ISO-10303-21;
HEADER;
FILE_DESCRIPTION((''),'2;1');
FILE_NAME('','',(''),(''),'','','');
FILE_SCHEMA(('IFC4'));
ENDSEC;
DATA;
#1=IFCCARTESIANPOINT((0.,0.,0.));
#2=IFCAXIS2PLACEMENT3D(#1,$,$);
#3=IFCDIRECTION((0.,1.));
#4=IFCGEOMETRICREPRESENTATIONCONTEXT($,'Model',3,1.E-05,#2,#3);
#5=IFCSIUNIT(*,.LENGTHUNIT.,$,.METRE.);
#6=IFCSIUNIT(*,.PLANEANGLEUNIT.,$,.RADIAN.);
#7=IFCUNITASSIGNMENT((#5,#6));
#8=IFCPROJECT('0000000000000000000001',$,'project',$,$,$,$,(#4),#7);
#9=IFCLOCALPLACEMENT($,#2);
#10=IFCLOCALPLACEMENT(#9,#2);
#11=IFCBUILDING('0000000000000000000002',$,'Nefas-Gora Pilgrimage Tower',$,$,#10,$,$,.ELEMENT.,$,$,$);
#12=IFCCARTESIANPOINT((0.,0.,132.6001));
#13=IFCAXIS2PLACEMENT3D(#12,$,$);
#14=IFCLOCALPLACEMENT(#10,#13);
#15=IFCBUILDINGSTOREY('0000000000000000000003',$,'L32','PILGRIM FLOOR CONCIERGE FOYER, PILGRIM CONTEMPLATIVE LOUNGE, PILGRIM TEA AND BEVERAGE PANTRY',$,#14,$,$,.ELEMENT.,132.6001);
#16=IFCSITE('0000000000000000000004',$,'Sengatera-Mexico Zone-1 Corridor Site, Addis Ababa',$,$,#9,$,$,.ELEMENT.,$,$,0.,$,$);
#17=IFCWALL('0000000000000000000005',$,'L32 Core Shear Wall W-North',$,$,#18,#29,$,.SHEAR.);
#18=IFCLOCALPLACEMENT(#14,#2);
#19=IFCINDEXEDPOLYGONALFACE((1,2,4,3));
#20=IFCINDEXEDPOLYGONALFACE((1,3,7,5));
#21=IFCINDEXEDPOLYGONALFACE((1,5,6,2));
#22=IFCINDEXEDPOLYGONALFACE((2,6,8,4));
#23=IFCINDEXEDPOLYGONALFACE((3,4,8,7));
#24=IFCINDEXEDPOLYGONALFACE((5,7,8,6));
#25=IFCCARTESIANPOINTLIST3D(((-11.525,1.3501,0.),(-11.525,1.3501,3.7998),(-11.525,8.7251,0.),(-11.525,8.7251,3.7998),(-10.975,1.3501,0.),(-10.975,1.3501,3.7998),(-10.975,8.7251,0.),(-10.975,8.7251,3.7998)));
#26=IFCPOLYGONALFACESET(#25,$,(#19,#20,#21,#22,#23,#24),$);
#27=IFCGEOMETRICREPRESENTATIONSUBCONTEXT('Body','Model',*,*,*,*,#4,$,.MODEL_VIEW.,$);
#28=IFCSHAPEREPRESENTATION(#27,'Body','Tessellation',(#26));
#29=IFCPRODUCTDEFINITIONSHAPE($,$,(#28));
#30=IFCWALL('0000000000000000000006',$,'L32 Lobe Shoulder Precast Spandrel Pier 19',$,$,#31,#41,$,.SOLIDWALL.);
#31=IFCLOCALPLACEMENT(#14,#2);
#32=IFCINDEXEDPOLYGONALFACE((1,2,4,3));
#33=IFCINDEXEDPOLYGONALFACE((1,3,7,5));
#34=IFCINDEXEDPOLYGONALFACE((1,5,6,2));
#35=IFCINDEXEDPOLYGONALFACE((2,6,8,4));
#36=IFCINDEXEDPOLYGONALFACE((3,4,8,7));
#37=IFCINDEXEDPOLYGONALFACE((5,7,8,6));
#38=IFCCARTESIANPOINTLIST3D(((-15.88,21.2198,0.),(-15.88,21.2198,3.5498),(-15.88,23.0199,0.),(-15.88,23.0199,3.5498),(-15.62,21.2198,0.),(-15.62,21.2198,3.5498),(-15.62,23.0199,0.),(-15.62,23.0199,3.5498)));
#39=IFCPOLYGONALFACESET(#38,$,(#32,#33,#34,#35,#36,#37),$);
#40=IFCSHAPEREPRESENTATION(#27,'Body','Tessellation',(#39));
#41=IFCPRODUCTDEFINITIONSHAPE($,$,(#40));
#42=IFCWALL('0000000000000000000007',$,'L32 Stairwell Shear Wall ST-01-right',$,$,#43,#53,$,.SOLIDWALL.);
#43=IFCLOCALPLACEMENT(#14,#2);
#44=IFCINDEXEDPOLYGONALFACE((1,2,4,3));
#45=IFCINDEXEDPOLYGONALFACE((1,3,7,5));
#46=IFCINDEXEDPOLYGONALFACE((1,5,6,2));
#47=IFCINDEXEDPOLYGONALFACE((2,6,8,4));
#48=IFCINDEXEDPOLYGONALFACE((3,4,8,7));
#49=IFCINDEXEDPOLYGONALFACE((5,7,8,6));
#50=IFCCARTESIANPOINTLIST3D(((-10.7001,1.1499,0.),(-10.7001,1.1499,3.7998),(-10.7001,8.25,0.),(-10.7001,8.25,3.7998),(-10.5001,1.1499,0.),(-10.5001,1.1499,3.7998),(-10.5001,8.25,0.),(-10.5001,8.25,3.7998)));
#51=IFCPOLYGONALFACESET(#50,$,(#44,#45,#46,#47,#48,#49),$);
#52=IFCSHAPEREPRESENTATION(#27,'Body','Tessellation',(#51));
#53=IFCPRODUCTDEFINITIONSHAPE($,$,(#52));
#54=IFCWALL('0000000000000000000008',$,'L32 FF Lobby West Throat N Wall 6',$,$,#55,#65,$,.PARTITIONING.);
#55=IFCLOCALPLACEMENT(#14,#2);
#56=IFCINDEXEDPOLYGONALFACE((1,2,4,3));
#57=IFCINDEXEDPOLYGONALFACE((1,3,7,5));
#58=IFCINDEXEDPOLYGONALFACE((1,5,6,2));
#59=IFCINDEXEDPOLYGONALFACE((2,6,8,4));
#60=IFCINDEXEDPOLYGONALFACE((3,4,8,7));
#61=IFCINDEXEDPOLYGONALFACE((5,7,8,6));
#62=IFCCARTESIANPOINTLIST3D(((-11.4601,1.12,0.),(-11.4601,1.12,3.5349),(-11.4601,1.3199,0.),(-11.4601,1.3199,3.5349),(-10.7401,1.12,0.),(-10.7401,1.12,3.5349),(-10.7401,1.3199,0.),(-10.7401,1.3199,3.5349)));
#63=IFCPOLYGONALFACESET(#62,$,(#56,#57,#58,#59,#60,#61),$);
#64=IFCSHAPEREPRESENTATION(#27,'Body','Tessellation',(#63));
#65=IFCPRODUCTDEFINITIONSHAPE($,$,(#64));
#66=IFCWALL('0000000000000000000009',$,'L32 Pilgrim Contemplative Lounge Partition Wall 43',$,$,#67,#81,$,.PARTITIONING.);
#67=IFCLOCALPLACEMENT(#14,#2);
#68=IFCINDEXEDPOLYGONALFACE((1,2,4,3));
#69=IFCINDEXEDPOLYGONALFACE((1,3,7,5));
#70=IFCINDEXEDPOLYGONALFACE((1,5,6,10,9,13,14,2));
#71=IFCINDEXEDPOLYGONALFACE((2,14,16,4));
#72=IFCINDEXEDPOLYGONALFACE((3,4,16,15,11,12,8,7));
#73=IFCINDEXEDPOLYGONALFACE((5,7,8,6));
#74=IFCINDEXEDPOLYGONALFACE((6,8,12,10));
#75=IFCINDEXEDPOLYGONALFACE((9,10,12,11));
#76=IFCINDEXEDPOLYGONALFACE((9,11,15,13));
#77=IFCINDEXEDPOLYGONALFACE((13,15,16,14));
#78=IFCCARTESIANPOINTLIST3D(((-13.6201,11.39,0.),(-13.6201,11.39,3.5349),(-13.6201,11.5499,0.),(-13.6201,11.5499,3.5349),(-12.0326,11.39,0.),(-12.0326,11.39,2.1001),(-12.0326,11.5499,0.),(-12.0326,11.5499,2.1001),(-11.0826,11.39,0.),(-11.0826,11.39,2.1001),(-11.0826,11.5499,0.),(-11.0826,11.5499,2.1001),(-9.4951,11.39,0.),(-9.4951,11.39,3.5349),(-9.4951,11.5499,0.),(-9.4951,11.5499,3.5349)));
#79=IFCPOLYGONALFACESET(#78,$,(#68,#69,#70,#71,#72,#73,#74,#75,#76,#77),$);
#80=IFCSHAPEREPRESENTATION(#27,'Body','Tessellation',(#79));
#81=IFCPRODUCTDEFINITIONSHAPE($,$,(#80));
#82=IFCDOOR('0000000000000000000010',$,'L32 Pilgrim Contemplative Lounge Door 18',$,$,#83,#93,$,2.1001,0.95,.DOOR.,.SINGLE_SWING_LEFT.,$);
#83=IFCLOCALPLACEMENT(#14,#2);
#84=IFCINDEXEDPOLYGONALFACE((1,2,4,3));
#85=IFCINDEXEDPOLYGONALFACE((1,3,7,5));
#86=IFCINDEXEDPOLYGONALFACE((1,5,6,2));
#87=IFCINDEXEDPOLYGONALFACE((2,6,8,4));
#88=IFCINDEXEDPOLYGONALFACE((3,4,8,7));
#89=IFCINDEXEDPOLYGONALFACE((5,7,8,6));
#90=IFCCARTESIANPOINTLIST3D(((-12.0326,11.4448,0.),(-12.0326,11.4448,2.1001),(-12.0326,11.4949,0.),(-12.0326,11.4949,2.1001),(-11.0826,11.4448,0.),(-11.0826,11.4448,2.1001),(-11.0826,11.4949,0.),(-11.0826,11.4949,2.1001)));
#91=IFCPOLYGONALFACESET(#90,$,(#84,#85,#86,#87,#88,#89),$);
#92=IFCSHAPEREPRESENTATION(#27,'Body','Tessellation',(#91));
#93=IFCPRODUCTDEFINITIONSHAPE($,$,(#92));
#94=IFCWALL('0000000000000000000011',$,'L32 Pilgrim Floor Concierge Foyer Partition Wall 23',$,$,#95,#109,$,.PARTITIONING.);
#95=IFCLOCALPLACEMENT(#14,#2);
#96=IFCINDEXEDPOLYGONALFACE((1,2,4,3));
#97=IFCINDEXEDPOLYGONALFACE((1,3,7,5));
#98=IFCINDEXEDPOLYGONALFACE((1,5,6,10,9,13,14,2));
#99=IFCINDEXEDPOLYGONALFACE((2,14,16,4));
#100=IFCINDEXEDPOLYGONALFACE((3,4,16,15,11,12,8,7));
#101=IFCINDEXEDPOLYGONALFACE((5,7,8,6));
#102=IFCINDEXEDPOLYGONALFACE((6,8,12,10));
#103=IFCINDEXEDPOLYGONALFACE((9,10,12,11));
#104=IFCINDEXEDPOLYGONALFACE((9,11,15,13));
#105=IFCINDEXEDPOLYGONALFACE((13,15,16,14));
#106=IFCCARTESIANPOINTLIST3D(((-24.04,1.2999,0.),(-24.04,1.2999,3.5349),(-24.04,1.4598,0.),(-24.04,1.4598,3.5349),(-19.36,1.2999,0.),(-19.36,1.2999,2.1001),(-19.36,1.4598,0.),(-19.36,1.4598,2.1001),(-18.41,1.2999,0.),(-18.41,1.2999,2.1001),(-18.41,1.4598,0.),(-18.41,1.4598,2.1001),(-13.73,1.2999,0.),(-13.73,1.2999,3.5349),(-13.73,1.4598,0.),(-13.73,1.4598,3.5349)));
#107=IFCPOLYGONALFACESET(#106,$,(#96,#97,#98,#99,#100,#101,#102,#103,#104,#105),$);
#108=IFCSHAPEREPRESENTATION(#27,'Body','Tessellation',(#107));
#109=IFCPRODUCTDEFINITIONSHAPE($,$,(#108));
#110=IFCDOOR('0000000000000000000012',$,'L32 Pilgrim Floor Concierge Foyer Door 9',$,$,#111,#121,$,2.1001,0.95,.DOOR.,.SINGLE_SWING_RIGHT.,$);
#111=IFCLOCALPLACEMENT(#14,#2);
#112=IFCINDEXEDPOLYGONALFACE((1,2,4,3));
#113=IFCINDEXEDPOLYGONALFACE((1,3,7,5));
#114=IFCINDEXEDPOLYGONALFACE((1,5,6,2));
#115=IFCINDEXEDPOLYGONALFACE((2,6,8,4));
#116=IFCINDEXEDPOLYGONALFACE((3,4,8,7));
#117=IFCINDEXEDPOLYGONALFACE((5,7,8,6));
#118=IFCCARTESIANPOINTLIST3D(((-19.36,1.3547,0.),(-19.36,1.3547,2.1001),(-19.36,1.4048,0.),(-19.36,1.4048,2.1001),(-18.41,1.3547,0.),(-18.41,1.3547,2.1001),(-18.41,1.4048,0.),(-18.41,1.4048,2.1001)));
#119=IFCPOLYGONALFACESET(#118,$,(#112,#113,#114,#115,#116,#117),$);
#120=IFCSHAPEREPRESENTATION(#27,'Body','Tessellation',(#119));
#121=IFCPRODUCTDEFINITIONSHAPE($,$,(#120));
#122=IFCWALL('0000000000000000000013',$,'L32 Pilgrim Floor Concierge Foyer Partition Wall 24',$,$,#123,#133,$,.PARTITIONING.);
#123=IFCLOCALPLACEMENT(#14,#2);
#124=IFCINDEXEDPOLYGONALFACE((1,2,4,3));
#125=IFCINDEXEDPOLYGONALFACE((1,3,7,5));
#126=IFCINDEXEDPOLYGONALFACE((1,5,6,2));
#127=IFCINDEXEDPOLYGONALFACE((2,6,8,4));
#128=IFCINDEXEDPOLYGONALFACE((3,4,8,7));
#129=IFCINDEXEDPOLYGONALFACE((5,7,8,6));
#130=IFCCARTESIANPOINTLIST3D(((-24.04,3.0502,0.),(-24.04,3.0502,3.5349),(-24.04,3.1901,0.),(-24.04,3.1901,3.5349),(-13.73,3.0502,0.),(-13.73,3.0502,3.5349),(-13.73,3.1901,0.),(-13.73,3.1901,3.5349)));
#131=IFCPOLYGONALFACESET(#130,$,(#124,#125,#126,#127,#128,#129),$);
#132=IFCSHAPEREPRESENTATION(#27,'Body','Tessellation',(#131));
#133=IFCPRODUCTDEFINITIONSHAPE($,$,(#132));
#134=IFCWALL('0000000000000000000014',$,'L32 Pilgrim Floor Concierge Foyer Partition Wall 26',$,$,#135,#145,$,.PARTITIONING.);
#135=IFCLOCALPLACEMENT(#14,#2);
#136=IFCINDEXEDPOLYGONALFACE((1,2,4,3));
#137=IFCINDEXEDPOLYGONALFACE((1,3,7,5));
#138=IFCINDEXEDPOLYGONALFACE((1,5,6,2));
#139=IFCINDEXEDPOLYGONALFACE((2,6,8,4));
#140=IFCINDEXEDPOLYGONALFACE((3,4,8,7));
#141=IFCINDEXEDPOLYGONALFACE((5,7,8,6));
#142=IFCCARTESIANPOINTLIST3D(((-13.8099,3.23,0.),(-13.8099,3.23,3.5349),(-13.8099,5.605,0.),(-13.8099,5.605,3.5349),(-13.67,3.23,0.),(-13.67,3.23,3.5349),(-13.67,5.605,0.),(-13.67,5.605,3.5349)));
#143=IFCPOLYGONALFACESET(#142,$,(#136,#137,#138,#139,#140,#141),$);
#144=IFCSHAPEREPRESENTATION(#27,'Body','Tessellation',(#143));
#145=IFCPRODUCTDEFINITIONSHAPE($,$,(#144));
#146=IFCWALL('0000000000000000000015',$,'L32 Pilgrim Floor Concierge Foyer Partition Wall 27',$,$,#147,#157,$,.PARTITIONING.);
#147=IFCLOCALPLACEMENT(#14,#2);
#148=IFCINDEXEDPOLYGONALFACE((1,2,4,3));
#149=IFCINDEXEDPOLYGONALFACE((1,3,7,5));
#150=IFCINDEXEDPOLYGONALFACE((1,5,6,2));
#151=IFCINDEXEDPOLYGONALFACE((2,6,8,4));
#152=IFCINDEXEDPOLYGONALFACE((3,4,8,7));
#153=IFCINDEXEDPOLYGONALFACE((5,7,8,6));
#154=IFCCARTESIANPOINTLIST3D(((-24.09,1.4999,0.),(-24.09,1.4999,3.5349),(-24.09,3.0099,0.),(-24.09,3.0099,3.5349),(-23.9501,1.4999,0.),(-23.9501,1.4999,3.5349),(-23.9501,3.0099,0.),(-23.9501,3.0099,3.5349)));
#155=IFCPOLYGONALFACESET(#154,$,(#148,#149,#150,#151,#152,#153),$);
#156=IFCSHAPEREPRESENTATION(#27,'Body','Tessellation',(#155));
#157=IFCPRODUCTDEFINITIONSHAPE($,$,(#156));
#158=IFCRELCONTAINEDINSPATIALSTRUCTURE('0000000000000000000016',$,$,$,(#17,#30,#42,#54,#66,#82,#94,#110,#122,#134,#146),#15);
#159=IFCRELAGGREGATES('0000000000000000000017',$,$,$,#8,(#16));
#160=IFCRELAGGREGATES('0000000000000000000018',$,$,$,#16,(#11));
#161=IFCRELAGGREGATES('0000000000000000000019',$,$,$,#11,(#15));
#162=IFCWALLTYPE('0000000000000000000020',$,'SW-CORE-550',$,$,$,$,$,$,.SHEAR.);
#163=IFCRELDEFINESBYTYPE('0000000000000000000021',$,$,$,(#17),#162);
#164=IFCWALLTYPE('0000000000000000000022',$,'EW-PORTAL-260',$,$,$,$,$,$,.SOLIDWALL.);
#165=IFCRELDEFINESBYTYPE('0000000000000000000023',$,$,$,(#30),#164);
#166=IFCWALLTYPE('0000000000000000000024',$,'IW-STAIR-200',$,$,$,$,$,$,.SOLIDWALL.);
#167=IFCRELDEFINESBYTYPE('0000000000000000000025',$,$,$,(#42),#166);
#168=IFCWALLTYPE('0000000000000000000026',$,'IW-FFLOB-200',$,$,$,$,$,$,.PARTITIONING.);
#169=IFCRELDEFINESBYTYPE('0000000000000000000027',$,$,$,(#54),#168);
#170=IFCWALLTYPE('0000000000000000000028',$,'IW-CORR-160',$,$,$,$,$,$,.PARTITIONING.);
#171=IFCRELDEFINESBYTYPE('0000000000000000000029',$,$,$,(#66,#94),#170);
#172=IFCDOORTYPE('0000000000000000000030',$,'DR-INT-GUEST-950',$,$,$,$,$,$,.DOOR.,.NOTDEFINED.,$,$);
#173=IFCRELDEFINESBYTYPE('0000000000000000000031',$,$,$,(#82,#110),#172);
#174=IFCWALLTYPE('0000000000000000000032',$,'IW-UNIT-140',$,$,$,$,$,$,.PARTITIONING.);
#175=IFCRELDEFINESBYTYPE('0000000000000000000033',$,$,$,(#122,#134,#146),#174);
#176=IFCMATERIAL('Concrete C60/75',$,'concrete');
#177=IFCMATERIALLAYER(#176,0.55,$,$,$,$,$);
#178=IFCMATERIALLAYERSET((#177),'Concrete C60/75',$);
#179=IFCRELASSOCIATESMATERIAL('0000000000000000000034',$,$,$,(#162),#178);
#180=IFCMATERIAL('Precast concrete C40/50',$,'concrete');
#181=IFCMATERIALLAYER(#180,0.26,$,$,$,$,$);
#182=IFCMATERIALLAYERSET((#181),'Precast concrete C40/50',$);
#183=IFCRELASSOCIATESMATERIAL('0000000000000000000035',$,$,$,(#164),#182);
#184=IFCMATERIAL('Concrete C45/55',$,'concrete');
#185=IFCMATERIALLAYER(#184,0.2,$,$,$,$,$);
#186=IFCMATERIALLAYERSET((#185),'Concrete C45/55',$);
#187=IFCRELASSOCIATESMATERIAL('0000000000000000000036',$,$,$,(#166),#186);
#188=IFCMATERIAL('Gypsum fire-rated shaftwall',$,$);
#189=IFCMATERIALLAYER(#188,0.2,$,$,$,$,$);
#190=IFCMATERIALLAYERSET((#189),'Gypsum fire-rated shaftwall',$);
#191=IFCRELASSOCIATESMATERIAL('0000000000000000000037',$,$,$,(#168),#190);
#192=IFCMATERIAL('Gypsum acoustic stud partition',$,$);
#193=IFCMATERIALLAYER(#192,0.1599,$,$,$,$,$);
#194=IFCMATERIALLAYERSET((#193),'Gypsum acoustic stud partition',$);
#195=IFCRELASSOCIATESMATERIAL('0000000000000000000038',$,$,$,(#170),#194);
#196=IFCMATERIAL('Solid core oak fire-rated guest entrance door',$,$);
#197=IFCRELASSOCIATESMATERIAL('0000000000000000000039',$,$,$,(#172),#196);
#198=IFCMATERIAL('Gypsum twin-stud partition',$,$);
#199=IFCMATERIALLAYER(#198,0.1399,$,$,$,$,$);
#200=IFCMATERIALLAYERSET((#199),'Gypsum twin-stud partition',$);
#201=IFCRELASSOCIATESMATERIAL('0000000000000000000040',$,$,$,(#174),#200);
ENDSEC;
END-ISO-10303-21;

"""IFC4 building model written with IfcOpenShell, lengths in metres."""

from ifc_helpers import new_model, si_unit, direction, frame, frame_2d, origin, place, context, subcontext, project, spatial, rectangle, extrude, source, transform, mapped, material, layer, layer_set, type_object, element, fill, save


model = new_model("IFC4")

# Units and contexts
model_context = context("Model", 3, precision=1e-05, world=origin(), true_north=direction((0.0, 1.0)))
body_context = subcontext(model_context, "Body", "Model", "MODEL_VIEW")
ifc_project = project(units=[si_unit("LENGTHUNIT", "METRE"), si_unit("PLANEANGLEUNIT", "RADIAN")], contexts=[model_context])

# Site, building, storey
site_placement = place(None, origin())
site = spatial("IfcSite", under=ifc_project, at=site_placement, Name="Sengatera-Mexico Zone-1 Corridor Site, Addis Ababa", CompositionType="ELEMENT", RefElevation=0.0)
building_placement = place(site_placement, origin())
building = spatial("IfcBuilding", under=site, at=building_placement, Name="Nefas-Gora Pilgrimage Tower", CompositionType="ELEMENT")
storey_placement = place(building_placement, frame((0.0, 0.0, 132.6001)))
storey = spatial("IfcBuildingStorey", under=building, at=storey_placement, Name="L32", Description="PILGRIM FLOOR CONCIERGE FOYER, PILGRIM CONTEMPLATIVE LOUNGE, PILGRIM TEA AND BEVERAGE PANTRY", CompositionType="ELEMENT", Elevation=132.6001)

# Walls
ifc_material_1 = material(Name="Concrete C60/75", Category="concrete")
ifc_layer_1 = layer(ifc_material_1, 0.55)
ifc_layer_set_1 = layer_set([ifc_layer_1], Name="Concrete C60/75")
wall_type_1 = type_object("IfcWallType", Name="SW-CORE-550", PredefinedType="SHEAR", material=ifc_layer_set_1)
shared_shape_1 = source(origin(), body_context, "Body", "SweptSolid", [
    extrude(rectangle(XDim=7.375, YDim=0.55, at=frame_2d((3.6875, 0.0))), origin(), (0.0, 0.0, 1.0), 3.7998),
])
wall_1_placement = place(storey_placement, frame((-11.25, 1.3501, 0.0), z_axis=(0.0, 0.0, 1.0), x_axis=(0.0, 1.0, 0.0)))
element("IfcWall", 1, at=wall_1_placement, inside=storey, type_object=wall_type_1, Name="L32 Core Shear Wall W-North", PredefinedType="SHEAR", context=body_context, shape_type="MappedRepresentation", body=[
    mapped(shared_shape_1, transform((0.0, 0.0, 0.0), x_axis=(1.0, 0.0, 0.0), y_axis=(0.0, 1.0, 0.0), z_axis=(0.0, 0.0, 1.0), scale=1.0)),
])
ifc_material_2 = material(Name="Precast concrete C40/50", Category="concrete")
ifc_layer_2 = layer(ifc_material_2, 0.26)
ifc_layer_set_2 = layer_set([ifc_layer_2], Name="Precast concrete C40/50")
wall_type_2 = type_object("IfcWallType", Name="EW-PORTAL-260", PredefinedType="SOLIDWALL", material=ifc_layer_set_2)
shared_shape_2 = source(origin(), body_context, "Body", "SweptSolid", [
    extrude(rectangle(XDim=1.8, YDim=0.26, at=frame_2d((0.8999, 0.0))), origin(), (0.0, 0.0, 1.0), 3.5498),
])
wall_2_placement = place(storey_placement, frame((-15.75, 21.22, 0.0), z_axis=(0.0, 0.0, 1.0), x_axis=(0.0, 1.0, 0.0)))
element("IfcWall", 2, at=wall_2_placement, inside=storey, type_object=wall_type_2, Name="L32 Lobe Shoulder Precast Spandrel Pier 19", PredefinedType="SOLIDWALL", context=body_context, shape_type="MappedRepresentation", body=[
    mapped(shared_shape_2, transform((0.0, 0.0, 0.0), x_axis=(1.0, 0.0, 0.0), y_axis=(0.0, 1.0, 0.0), z_axis=(0.0, 0.0, 1.0), scale=1.0)),
])
ifc_material_3 = material(Name="Concrete C45/55", Category="concrete")
ifc_layer_3 = layer(ifc_material_3, 0.2)
ifc_layer_set_3 = layer_set([ifc_layer_3], Name="Concrete C45/55")
wall_type_3 = type_object("IfcWallType", Name="IW-STAIR-200", PredefinedType="SOLIDWALL", material=ifc_layer_set_3)
shared_shape_3 = source(origin(), body_context, "Body", "SweptSolid", [
    extrude(rectangle(XDim=7.1001, YDim=0.2, at=frame_2d((3.55, 0.0))), origin(), (0.0, 0.0, 1.0), 3.7998),
])
wall_3_placement = place(storey_placement, frame((-10.6001, 1.1499, 0.0), z_axis=(0.0, 0.0, 1.0), x_axis=(0.0, 1.0, 0.0)))
element("IfcWall", 3, at=wall_3_placement, inside=storey, type_object=wall_type_3, Name="L32 Stairwell Shear Wall ST-01-right", PredefinedType="SOLIDWALL", context=body_context, shape_type="MappedRepresentation", body=[
    mapped(shared_shape_3, transform((0.0, 0.0, 0.0), x_axis=(1.0, 0.0, 0.0), y_axis=(0.0, 1.0, 0.0), z_axis=(0.0, 0.0, 1.0), scale=1.0)),
])
ifc_material_4 = material(Name="Gypsum fire-rated shaftwall")
ifc_layer_4 = layer(ifc_material_4, 0.2)
ifc_layer_set_4 = layer_set([ifc_layer_4], Name="Gypsum fire-rated shaftwall")
wall_type_4 = type_object("IfcWallType", Name="IW-FFLOB-200", PredefinedType="PARTITIONING", material=ifc_layer_set_4)
shared_shape_4 = source(origin(), body_context, "Body", "SweptSolid", [
    extrude(rectangle(XDim=0.72, YDim=0.2, at=frame_2d((0.3599, 0.0))), origin(), (0.0, 0.0, 1.0), 3.5349),
])
wall_4_placement = place(storey_placement, frame((-11.46, 1.22, 0.0), z_axis=(0.0, 0.0, 1.0), x_axis=(1.0, 0.0, 0.0)))
element("IfcWall", 4, at=wall_4_placement, inside=storey, type_object=wall_type_4, Name="L32 FF Lobby West Throat N Wall 6", PredefinedType="PARTITIONING", context=body_context, shape_type="MappedRepresentation", body=[
    mapped(shared_shape_4, transform((0.0, 0.0, 0.0), x_axis=(1.0, 0.0, 0.0), y_axis=(0.0, 1.0, 0.0), z_axis=(0.0, 0.0, 1.0), scale=1.0)),
])

# Walls, openings, doors
ifc_material_5 = material(Name="Gypsum acoustic stud partition")
ifc_layer_5 = layer(ifc_material_5, 0.1599)
ifc_layer_set_5 = layer_set([ifc_layer_5], Name="Gypsum acoustic stud partition")
wall_type_5 = type_object("IfcWallType", Name="IW-CORR-160", PredefinedType="PARTITIONING", material=ifc_layer_set_5)
shared_shape_5 = source(origin(), body_context, "Body", "SweptSolid", [
    extrude(rectangle(XDim=4.125, YDim=0.1599, at=frame_2d((2.0625, 0.0))), origin(), (0.0, 0.0, 1.0), 3.5349),
])
wall_5_placement = place(storey_placement, frame((-13.6201, 11.47, 0.0), z_axis=(0.0, 0.0, 1.0), x_axis=(1.0, 0.0, 0.0)))
wall_5 = element("IfcWall", 5, at=wall_5_placement, inside=storey, type_object=wall_type_5, Name="L32 Pilgrim Contemplative Lounge Partition Wall 43", PredefinedType="PARTITIONING", context=body_context, shape_type="MappedRepresentation", body=[
    mapped(shared_shape_5, transform((0.0, 0.0, 0.0), x_axis=(1.0, 0.0, 0.0), y_axis=(0.0, 1.0, 0.0), z_axis=(0.0, 0.0, 1.0), scale=1.0)),
])
opening_1_placement = place(wall_5_placement, frame((1.5874, 0.0, 0.0)))
opening_1 = element("IfcOpeningElement", 6, at=opening_1_placement, cuts=wall_5, PredefinedType="OPENING", context=body_context, shape_type="SweptSolid", body=[
    extrude(rectangle(XDim=0.95, YDim=2.1001, at=frame_2d((0.4751, 1.05))), frame((0.0, 0.0898, 0.0), z_axis=(0.0, -1.0, 0.0), x_axis=(1.0, 0.0, 0.0)), (0.0, 0.0, 1.0), 0.1799),
])
ifc_material_6 = material(Name="Solid core oak fire-rated guest entrance door")
door_type = type_object("IfcDoorType", Name="DR-INT-GUEST-950", OperationType="NOTDEFINED", PredefinedType="DOOR", material=ifc_material_6)
shared_shape_6 = source(origin(), body_context, "Body", "SweptSolid", [
    extrude(rectangle(XDim=0.95, YDim=2.1001, at=frame_2d((0.4751, 1.05))), frame((0.0, 0.0249, 0.0), z_axis=(0.0, -1.0, 0.0), x_axis=(1.0, 0.0, 0.0)), (0.0, 0.0, 1.0), 0.05),
])
door_1_placement = place(opening_1_placement, origin())
door_1 = element("IfcDoor", 7, at=door_1_placement, inside=storey, type_object=door_type, Name="L32 Pilgrim Contemplative Lounge Door 18", OperationType="SINGLE_SWING_LEFT", OverallHeight=2.1001, OverallWidth=0.95, PredefinedType="DOOR", context=body_context, shape_type="MappedRepresentation", body=[
    mapped(shared_shape_6, transform((0.0, 0.0, 0.0), x_axis=(1.0, 0.0, 0.0), y_axis=(0.0, 1.0, 0.0), z_axis=(0.0, 0.0, 1.0), scale=1.0)),
])
fill(opening_1, door_1)
shared_shape_7 = source(origin(), body_context, "Body", "SweptSolid", [
    extrude(rectangle(XDim=10.3101, YDim=0.1599, at=frame_2d((5.155, 0.0))), origin(), (0.0, 0.0, 1.0), 3.5349),
])
wall_6_placement = place(storey_placement, frame((-24.04, 1.3799, 0.0), z_axis=(0.0, 0.0, 1.0), x_axis=(1.0, 0.0, 0.0)))
wall_6 = element("IfcWall", 8, at=wall_6_placement, inside=storey, type_object=wall_type_5, Name="L32 Pilgrim Floor Concierge Foyer Partition Wall 23", PredefinedType="PARTITIONING", context=body_context, shape_type="MappedRepresentation", body=[
    mapped(shared_shape_7, transform((0.0, 0.0, 0.0), x_axis=(1.0, 0.0, 0.0), y_axis=(0.0, 1.0, 0.0), z_axis=(0.0, 0.0, 1.0), scale=1.0)),
])
opening_2_placement = place(wall_6_placement, frame((4.6799, 0.0, 0.0)))
opening_2 = element("IfcOpeningElement", 9, at=opening_2_placement, cuts=wall_6, PredefinedType="OPENING", context=body_context, shape_type="SweptSolid", body=[
    extrude(rectangle(XDim=0.95, YDim=2.1001, at=frame_2d((0.4751, 1.05))), frame((0.0, 0.0898, 0.0), z_axis=(0.0, -1.0, 0.0), x_axis=(1.0, 0.0, 0.0)), (0.0, 0.0, 1.0), 0.1799),
])
door_2_placement = place(opening_2_placement, origin())
door_2 = element("IfcDoor", 10, at=door_2_placement, inside=storey, type_object=door_type, Name="L32 Pilgrim Floor Concierge Foyer Door 9", OperationType="SINGLE_SWING_RIGHT", OverallHeight=2.1001, OverallWidth=0.95, PredefinedType="DOOR", context=body_context, shape_type="MappedRepresentation", body=[
    mapped(shared_shape_6, transform((0.0, 0.0, 0.0), x_axis=(1.0, 0.0, 0.0), y_axis=(0.0, 1.0, 0.0), z_axis=(0.0, 0.0, 1.0), scale=1.0)),
])
fill(opening_2, door_2)

# Walls
ifc_material_7 = material(Name="Gypsum twin-stud partition")
ifc_layer_6 = layer(ifc_material_7, 0.1399)
ifc_layer_set_6 = layer_set([ifc_layer_6], Name="Gypsum twin-stud partition")
wall_type_6 = type_object("IfcWallType", Name="IW-UNIT-140", PredefinedType="PARTITIONING", material=ifc_layer_set_6)
shared_shape_8 = source(origin(), body_context, "Body", "SweptSolid", [
    extrude(rectangle(XDim=10.3101, YDim=0.1399, at=frame_2d((5.155, 0.0))), origin(), (0.0, 0.0, 1.0), 3.5349),
])
wall_7_placement = place(storey_placement, frame((-24.04, 3.1201, 0.0), z_axis=(0.0, 0.0, 1.0), x_axis=(1.0, 0.0, 0.0)))
element("IfcWall", 11, at=wall_7_placement, inside=storey, type_object=wall_type_6, Name="L32 Pilgrim Floor Concierge Foyer Partition Wall 24", PredefinedType="PARTITIONING", context=body_context, shape_type="MappedRepresentation", body=[
    mapped(shared_shape_8, transform((0.0, 0.0, 0.0), x_axis=(1.0, 0.0, 0.0), y_axis=(0.0, 1.0, 0.0), z_axis=(0.0, 0.0, 1.0), scale=1.0)),
])
shared_shape_9 = source(origin(), body_context, "Body", "SweptSolid", [
    extrude(rectangle(XDim=2.375, YDim=0.1399, at=frame_2d((1.1875, 0.0))), origin(), (0.0, 0.0, 1.0), 3.5349),
])
wall_8_placement = place(storey_placement, frame((-13.74, 3.23, 0.0), z_axis=(0.0, 0.0, 1.0), x_axis=(0.0, 1.0, 0.0)))
element("IfcWall", 12, at=wall_8_placement, inside=storey, type_object=wall_type_6, Name="L32 Pilgrim Floor Concierge Foyer Partition Wall 26", PredefinedType="PARTITIONING", context=body_context, shape_type="MappedRepresentation", body=[
    mapped(shared_shape_9, transform((0.0, 0.0, 0.0), x_axis=(1.0, 0.0, 0.0), y_axis=(0.0, 1.0, 0.0), z_axis=(0.0, 0.0, 1.0), scale=1.0)),
])
shared_shape_10 = source(origin(), body_context, "Body", "SweptSolid", [
    extrude(rectangle(XDim=1.51, YDim=0.1399, at=frame_2d((0.7549, 0.0))), origin(), (0.0, 0.0, 1.0), 3.5349),
])
wall_9_placement = place(storey_placement, frame((-24.02, 1.5, 0.0), z_axis=(0.0, 0.0, 1.0), x_axis=(0.0, 1.0, 0.0)))
element("IfcWall", 13, at=wall_9_placement, inside=storey, type_object=wall_type_6, Name="L32 Pilgrim Floor Concierge Foyer Partition Wall 27", PredefinedType="PARTITIONING", context=body_context, shape_type="MappedRepresentation", body=[
    mapped(shared_shape_10, transform((0.0, 0.0, 0.0), x_axis=(1.0, 0.0, 0.0), y_axis=(0.0, 1.0, 0.0), z_axis=(0.0, 0.0, 1.0), scale=1.0)),
])

save(model, "model.ifc")
